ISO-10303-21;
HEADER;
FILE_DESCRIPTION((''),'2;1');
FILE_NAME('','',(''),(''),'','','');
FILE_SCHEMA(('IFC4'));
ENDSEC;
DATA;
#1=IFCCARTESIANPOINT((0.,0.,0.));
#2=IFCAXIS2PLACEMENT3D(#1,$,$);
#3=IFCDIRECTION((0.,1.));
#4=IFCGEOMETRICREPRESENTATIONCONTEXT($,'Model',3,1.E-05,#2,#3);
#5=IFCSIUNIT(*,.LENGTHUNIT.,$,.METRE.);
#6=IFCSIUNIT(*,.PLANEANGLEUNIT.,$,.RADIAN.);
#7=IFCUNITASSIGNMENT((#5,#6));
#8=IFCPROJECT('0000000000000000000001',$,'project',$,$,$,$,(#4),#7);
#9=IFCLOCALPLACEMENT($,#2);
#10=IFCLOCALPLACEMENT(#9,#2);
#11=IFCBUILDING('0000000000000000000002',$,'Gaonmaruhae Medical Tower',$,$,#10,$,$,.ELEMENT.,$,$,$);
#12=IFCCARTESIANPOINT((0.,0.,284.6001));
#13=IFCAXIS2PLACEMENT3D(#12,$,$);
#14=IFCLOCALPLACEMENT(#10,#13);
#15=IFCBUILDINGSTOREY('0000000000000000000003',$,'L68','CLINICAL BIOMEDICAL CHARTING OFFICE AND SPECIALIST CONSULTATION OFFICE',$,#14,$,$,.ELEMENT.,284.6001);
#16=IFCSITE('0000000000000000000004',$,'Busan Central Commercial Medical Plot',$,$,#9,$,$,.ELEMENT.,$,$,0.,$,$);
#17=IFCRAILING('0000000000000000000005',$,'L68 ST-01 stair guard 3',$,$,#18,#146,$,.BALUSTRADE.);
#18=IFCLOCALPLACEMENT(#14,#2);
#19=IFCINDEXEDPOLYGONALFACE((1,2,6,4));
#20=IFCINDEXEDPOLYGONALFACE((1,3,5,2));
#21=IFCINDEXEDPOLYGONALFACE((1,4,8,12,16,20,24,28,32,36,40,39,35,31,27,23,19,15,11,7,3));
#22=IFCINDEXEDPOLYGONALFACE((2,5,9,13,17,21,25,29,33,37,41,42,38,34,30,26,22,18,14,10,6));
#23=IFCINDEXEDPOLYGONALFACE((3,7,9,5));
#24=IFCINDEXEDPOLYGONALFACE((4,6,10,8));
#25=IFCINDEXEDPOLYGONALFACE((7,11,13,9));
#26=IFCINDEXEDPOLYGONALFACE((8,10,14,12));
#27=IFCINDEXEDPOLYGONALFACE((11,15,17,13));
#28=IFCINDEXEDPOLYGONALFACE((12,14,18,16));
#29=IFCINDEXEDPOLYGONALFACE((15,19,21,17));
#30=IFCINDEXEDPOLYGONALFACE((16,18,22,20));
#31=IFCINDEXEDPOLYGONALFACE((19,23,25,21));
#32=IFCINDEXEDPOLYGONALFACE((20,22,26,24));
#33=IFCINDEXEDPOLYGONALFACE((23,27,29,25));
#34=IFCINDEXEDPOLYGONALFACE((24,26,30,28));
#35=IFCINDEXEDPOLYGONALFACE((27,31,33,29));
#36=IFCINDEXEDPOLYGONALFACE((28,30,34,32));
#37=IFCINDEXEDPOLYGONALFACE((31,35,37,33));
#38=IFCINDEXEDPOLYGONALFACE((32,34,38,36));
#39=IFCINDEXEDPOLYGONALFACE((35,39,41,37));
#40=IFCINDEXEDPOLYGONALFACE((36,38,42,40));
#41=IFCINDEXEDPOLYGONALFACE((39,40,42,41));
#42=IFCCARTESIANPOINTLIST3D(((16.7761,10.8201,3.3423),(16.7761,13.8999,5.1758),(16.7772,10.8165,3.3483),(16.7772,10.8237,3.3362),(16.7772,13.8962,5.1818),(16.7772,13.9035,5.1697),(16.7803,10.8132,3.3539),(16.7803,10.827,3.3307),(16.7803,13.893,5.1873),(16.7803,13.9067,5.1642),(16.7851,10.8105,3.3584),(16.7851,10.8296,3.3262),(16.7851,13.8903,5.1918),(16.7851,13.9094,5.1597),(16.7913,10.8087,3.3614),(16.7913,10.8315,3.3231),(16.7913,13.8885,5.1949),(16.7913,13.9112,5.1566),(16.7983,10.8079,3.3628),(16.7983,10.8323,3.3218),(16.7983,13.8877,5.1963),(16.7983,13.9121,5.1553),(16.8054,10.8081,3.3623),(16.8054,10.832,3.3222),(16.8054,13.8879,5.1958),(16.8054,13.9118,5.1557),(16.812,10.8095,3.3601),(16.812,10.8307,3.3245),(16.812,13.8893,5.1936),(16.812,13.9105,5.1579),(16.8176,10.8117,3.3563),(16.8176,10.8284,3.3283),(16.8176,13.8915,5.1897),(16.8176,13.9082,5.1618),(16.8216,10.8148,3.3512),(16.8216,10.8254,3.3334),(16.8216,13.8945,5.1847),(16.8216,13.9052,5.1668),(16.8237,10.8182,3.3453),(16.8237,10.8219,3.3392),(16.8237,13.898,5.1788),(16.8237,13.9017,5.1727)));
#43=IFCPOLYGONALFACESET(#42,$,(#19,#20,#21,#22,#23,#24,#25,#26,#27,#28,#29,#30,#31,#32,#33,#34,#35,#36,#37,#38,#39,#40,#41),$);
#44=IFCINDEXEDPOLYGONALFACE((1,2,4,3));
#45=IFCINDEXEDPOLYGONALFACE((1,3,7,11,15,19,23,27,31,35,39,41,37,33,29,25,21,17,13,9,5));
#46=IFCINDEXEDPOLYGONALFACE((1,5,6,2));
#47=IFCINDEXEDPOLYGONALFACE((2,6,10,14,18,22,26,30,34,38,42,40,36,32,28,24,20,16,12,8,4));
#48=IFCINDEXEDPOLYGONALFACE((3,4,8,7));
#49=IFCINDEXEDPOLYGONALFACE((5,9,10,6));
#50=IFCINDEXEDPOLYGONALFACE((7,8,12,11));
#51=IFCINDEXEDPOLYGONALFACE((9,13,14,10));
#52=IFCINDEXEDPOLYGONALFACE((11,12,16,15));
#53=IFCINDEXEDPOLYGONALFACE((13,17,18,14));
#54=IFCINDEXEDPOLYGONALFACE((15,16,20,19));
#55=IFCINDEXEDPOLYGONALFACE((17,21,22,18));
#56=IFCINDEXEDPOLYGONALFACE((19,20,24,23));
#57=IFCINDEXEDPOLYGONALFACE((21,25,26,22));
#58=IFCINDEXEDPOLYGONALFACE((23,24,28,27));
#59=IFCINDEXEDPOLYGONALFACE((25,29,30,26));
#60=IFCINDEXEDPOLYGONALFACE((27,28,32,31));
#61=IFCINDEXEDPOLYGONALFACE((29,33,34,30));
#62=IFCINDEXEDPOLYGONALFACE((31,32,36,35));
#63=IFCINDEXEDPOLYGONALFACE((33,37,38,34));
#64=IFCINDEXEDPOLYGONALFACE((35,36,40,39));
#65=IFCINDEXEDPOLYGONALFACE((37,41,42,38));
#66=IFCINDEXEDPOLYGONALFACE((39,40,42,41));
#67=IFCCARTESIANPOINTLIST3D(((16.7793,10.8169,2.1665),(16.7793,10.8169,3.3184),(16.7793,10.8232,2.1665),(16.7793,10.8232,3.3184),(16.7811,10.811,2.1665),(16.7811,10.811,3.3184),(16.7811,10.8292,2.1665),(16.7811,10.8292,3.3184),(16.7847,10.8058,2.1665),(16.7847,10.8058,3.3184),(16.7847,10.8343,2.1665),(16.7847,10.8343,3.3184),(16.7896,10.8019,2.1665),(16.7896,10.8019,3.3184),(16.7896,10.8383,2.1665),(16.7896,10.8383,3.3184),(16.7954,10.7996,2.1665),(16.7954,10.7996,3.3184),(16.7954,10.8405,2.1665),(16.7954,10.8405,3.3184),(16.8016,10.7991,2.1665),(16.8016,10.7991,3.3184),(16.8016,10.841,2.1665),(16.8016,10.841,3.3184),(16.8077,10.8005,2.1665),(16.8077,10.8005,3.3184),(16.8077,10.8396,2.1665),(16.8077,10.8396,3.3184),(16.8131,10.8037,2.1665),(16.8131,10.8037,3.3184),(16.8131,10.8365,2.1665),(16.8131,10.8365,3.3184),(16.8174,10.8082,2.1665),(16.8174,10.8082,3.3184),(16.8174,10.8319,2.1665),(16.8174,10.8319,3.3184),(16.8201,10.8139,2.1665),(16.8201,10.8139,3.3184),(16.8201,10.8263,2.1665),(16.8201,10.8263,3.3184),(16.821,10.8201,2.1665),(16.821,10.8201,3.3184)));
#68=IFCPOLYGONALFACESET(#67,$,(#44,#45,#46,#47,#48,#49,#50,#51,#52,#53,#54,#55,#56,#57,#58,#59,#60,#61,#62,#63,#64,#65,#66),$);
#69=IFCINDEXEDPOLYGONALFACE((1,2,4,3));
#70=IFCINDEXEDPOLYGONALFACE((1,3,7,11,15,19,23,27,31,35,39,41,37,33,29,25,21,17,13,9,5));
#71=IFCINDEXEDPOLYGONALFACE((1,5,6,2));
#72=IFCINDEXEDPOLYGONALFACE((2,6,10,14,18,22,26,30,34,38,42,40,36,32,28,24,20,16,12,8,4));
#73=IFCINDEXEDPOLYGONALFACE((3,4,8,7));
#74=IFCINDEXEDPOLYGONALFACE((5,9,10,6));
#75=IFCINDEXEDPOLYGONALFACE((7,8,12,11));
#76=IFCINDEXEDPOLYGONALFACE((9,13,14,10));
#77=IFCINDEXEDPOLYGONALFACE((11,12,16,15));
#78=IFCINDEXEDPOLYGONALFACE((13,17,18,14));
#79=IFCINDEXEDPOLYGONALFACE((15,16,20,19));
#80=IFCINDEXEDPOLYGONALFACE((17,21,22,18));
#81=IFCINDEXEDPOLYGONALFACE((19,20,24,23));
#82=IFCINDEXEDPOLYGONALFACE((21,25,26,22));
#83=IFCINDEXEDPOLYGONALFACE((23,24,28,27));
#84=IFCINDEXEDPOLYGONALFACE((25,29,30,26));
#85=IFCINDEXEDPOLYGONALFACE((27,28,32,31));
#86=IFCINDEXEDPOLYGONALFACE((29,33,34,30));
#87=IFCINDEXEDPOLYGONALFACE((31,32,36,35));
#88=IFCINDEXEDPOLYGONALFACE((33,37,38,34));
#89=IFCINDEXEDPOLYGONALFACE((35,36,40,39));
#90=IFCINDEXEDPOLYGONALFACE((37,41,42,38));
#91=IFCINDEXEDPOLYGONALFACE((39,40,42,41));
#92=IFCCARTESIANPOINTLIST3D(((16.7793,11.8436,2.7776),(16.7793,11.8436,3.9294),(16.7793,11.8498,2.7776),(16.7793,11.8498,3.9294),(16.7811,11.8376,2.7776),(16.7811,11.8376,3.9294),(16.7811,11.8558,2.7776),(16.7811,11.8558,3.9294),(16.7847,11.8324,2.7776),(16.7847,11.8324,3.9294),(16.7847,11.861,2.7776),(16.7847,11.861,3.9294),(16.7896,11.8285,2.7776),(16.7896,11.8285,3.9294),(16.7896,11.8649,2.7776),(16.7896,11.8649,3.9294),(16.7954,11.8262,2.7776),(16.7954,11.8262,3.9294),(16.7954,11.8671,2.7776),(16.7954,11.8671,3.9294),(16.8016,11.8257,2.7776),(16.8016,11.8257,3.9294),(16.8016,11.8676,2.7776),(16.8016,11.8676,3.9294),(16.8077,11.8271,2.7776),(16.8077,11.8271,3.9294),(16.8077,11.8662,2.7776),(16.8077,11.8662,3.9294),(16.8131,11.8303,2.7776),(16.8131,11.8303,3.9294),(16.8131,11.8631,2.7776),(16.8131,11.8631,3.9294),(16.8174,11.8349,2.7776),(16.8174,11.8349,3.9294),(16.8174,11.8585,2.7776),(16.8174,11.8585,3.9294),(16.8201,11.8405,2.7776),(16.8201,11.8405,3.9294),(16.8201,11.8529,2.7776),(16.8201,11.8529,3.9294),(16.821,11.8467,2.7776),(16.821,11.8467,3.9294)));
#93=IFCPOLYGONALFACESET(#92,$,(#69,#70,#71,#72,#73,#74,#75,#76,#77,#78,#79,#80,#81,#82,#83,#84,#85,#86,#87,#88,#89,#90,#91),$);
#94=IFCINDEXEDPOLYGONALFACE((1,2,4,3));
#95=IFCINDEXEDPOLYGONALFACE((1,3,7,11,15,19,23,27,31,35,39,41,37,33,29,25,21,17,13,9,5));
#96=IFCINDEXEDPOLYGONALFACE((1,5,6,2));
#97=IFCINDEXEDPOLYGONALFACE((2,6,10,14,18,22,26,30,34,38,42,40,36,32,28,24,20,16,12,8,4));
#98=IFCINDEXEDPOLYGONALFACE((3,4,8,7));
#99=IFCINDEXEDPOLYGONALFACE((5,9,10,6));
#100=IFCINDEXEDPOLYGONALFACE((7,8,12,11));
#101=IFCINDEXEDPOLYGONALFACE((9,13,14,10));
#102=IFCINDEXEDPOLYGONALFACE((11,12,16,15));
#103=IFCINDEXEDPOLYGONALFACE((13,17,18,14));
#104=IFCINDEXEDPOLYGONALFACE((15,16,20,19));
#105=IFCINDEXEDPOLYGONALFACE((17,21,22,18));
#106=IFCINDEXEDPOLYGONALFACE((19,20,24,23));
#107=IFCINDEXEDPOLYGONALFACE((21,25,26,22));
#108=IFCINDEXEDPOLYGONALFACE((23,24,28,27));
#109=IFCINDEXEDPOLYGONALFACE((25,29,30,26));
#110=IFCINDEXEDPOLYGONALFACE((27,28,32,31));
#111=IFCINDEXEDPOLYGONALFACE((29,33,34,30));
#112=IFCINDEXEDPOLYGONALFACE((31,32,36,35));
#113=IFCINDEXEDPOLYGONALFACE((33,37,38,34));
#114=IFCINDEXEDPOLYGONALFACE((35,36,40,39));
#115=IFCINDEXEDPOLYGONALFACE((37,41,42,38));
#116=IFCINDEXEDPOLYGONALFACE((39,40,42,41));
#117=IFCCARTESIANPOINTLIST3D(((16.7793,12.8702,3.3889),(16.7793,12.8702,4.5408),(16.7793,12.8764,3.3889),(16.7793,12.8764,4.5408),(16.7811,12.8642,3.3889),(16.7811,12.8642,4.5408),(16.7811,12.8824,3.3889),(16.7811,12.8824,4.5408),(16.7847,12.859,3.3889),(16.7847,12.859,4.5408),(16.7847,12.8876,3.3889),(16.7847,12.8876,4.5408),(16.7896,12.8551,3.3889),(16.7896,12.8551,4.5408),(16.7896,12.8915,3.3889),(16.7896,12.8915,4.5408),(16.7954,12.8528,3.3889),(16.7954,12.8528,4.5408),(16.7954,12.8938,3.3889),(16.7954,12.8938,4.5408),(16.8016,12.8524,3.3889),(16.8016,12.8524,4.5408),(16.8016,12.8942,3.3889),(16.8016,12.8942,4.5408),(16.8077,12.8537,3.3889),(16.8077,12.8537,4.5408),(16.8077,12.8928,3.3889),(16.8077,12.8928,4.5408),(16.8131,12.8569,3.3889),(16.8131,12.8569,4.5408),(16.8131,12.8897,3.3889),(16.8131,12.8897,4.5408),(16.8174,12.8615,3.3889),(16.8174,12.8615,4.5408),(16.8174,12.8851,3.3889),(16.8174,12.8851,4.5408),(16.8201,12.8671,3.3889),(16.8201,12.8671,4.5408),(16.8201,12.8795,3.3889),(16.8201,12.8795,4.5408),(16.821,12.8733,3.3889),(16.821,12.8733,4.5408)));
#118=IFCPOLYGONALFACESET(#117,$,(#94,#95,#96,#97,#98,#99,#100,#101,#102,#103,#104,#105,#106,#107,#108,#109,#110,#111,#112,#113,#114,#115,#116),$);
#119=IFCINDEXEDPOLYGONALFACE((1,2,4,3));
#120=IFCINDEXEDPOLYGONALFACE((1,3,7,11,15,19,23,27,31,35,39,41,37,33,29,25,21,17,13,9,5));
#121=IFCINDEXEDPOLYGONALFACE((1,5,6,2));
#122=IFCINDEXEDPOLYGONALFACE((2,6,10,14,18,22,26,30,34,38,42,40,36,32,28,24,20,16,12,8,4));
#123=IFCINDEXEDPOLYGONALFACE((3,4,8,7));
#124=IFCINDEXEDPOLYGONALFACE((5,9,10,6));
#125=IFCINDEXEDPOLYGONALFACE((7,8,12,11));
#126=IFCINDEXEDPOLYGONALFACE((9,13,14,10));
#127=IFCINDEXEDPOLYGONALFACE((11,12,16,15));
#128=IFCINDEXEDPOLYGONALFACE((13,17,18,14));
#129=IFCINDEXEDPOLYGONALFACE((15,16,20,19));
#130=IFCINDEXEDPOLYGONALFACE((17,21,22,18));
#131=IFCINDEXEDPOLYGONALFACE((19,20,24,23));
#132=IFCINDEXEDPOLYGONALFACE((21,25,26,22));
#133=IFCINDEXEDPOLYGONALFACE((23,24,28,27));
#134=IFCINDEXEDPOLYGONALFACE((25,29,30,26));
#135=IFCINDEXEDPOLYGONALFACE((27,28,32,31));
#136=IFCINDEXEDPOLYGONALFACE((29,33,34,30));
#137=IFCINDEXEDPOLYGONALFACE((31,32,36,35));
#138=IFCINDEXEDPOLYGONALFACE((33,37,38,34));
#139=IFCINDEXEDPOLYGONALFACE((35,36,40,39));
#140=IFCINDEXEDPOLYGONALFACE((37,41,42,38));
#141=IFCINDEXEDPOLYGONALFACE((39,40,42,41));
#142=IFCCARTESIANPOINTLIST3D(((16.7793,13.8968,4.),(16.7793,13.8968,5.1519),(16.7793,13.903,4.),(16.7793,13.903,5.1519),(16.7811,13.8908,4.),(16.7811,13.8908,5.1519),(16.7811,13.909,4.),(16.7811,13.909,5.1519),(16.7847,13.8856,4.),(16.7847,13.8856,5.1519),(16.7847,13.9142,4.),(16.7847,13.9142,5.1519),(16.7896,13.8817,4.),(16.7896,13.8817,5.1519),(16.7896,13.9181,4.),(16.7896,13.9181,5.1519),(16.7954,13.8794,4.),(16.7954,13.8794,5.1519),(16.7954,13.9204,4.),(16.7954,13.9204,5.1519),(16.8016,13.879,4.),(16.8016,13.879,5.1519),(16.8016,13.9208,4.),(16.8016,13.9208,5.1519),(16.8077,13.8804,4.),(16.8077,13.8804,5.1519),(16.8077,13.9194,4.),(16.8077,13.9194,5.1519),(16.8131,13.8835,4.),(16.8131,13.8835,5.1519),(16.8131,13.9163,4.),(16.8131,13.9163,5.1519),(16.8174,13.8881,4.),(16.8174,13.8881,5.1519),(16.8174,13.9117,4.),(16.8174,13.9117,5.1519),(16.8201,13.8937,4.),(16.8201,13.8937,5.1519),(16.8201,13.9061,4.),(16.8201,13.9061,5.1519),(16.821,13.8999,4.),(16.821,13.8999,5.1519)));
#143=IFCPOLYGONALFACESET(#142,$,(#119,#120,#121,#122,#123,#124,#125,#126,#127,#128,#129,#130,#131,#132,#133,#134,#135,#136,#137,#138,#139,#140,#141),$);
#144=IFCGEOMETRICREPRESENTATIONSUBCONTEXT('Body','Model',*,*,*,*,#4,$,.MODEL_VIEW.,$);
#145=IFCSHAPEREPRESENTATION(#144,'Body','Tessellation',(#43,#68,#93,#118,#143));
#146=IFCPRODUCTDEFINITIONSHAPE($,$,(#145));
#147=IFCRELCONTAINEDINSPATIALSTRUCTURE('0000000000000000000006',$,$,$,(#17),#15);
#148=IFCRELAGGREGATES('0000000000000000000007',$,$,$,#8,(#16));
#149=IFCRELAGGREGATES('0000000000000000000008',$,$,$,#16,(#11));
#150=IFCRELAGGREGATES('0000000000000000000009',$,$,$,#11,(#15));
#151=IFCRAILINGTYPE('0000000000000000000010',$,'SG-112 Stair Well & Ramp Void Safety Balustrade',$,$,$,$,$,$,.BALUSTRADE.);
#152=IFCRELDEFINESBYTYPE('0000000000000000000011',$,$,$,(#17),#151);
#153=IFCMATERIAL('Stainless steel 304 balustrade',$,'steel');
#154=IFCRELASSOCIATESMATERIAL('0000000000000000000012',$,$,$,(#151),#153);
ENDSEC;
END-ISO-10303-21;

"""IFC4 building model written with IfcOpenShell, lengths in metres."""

from ifc_helpers import new_model, si_unit, direction, frame, origin, origin_2d, place, context, subcontext, project, spatial, circle, extrude, material, type_object, element, save


model = new_model("IFC4")

# Units and contexts
model_context = context("Model", 3, precision=1e-05, world=origin(), true_north=direction((0.0, 1.0)))
body_context = subcontext(model_context, "Body", "Model", "MODEL_VIEW")
ifc_project = project(units=[si_unit("LENGTHUNIT", "METRE"), si_unit("PLANEANGLEUNIT", "RADIAN")], contexts=[model_context])

# Site, building, storey
site_placement = place(None, origin())
site = spatial("IfcSite", under=ifc_project, at=site_placement, Name="Busan Central Commercial Medical Plot", CompositionType="ELEMENT", RefElevation=0.0)
building_placement = place(site_placement, origin())
building = spatial("IfcBuilding", under=site, at=building_placement, Name="Gaonmaruhae Medical Tower", CompositionType="ELEMENT")
storey_placement = place(building_placement, frame((0.0, 0.0, 284.6001)))
storey = spatial("IfcBuildingStorey", under=building, at=storey_placement, Name="L68", Description="CLINICAL BIOMEDICAL CHARTING OFFICE AND SPECIALIST CONSULTATION OFFICE", CompositionType="ELEMENT", Elevation=284.6001)

# Railing
ifc_material_1 = material(Name="Stainless steel 304 balustrade", Category="steel")
railing_type_1 = type_object("IfcRailingType", Name="SG-112 Stair Well & Ramp Void Safety Balustrade", PredefinedType="BALUSTRADE", material=ifc_material_1)
railing_1_placement = place(storey_placement, frame((16.8, 10.8201, 2.1665)))
element("IfcRailing", 1, at=railing_1_placement, inside=storey, type_object=railing_type_1, Name="L68 ST-01 stair guard 3", PredefinedType="BALUSTRADE", context=body_context, shape_type="SweptSolid", body=[
    extrude(circle(Radius=0.0239, at=origin_2d()), frame((0.0, 0.0, 1.1758), z_axis=(0.0, 0.859261, 0.511538), x_axis=(-1.0, 0.0, 0.0)), (0.0, 0.0, 1.0), 3.5842),
    extrude(circle(Radius=0.021, at=origin_2d()), origin(), (0.0, 0.0, 1.0), 1.1519),
    extrude(circle(Radius=0.021, at=origin_2d()), frame((0.0, 1.0266, 0.6111)), (0.0, 0.0, 1.0), 1.1519),
    extrude(circle(Radius=0.021, at=origin_2d()), frame((0.0, 2.0532, 1.2224)), (0.0, 0.0, 1.0), 1.1519),
    extrude(circle(Radius=0.021, at=origin_2d()), frame((0.0, 3.0798, 1.8335)), (0.0, 0.0, 1.0), 1.1519),
])

save(model, "model.ifc")
